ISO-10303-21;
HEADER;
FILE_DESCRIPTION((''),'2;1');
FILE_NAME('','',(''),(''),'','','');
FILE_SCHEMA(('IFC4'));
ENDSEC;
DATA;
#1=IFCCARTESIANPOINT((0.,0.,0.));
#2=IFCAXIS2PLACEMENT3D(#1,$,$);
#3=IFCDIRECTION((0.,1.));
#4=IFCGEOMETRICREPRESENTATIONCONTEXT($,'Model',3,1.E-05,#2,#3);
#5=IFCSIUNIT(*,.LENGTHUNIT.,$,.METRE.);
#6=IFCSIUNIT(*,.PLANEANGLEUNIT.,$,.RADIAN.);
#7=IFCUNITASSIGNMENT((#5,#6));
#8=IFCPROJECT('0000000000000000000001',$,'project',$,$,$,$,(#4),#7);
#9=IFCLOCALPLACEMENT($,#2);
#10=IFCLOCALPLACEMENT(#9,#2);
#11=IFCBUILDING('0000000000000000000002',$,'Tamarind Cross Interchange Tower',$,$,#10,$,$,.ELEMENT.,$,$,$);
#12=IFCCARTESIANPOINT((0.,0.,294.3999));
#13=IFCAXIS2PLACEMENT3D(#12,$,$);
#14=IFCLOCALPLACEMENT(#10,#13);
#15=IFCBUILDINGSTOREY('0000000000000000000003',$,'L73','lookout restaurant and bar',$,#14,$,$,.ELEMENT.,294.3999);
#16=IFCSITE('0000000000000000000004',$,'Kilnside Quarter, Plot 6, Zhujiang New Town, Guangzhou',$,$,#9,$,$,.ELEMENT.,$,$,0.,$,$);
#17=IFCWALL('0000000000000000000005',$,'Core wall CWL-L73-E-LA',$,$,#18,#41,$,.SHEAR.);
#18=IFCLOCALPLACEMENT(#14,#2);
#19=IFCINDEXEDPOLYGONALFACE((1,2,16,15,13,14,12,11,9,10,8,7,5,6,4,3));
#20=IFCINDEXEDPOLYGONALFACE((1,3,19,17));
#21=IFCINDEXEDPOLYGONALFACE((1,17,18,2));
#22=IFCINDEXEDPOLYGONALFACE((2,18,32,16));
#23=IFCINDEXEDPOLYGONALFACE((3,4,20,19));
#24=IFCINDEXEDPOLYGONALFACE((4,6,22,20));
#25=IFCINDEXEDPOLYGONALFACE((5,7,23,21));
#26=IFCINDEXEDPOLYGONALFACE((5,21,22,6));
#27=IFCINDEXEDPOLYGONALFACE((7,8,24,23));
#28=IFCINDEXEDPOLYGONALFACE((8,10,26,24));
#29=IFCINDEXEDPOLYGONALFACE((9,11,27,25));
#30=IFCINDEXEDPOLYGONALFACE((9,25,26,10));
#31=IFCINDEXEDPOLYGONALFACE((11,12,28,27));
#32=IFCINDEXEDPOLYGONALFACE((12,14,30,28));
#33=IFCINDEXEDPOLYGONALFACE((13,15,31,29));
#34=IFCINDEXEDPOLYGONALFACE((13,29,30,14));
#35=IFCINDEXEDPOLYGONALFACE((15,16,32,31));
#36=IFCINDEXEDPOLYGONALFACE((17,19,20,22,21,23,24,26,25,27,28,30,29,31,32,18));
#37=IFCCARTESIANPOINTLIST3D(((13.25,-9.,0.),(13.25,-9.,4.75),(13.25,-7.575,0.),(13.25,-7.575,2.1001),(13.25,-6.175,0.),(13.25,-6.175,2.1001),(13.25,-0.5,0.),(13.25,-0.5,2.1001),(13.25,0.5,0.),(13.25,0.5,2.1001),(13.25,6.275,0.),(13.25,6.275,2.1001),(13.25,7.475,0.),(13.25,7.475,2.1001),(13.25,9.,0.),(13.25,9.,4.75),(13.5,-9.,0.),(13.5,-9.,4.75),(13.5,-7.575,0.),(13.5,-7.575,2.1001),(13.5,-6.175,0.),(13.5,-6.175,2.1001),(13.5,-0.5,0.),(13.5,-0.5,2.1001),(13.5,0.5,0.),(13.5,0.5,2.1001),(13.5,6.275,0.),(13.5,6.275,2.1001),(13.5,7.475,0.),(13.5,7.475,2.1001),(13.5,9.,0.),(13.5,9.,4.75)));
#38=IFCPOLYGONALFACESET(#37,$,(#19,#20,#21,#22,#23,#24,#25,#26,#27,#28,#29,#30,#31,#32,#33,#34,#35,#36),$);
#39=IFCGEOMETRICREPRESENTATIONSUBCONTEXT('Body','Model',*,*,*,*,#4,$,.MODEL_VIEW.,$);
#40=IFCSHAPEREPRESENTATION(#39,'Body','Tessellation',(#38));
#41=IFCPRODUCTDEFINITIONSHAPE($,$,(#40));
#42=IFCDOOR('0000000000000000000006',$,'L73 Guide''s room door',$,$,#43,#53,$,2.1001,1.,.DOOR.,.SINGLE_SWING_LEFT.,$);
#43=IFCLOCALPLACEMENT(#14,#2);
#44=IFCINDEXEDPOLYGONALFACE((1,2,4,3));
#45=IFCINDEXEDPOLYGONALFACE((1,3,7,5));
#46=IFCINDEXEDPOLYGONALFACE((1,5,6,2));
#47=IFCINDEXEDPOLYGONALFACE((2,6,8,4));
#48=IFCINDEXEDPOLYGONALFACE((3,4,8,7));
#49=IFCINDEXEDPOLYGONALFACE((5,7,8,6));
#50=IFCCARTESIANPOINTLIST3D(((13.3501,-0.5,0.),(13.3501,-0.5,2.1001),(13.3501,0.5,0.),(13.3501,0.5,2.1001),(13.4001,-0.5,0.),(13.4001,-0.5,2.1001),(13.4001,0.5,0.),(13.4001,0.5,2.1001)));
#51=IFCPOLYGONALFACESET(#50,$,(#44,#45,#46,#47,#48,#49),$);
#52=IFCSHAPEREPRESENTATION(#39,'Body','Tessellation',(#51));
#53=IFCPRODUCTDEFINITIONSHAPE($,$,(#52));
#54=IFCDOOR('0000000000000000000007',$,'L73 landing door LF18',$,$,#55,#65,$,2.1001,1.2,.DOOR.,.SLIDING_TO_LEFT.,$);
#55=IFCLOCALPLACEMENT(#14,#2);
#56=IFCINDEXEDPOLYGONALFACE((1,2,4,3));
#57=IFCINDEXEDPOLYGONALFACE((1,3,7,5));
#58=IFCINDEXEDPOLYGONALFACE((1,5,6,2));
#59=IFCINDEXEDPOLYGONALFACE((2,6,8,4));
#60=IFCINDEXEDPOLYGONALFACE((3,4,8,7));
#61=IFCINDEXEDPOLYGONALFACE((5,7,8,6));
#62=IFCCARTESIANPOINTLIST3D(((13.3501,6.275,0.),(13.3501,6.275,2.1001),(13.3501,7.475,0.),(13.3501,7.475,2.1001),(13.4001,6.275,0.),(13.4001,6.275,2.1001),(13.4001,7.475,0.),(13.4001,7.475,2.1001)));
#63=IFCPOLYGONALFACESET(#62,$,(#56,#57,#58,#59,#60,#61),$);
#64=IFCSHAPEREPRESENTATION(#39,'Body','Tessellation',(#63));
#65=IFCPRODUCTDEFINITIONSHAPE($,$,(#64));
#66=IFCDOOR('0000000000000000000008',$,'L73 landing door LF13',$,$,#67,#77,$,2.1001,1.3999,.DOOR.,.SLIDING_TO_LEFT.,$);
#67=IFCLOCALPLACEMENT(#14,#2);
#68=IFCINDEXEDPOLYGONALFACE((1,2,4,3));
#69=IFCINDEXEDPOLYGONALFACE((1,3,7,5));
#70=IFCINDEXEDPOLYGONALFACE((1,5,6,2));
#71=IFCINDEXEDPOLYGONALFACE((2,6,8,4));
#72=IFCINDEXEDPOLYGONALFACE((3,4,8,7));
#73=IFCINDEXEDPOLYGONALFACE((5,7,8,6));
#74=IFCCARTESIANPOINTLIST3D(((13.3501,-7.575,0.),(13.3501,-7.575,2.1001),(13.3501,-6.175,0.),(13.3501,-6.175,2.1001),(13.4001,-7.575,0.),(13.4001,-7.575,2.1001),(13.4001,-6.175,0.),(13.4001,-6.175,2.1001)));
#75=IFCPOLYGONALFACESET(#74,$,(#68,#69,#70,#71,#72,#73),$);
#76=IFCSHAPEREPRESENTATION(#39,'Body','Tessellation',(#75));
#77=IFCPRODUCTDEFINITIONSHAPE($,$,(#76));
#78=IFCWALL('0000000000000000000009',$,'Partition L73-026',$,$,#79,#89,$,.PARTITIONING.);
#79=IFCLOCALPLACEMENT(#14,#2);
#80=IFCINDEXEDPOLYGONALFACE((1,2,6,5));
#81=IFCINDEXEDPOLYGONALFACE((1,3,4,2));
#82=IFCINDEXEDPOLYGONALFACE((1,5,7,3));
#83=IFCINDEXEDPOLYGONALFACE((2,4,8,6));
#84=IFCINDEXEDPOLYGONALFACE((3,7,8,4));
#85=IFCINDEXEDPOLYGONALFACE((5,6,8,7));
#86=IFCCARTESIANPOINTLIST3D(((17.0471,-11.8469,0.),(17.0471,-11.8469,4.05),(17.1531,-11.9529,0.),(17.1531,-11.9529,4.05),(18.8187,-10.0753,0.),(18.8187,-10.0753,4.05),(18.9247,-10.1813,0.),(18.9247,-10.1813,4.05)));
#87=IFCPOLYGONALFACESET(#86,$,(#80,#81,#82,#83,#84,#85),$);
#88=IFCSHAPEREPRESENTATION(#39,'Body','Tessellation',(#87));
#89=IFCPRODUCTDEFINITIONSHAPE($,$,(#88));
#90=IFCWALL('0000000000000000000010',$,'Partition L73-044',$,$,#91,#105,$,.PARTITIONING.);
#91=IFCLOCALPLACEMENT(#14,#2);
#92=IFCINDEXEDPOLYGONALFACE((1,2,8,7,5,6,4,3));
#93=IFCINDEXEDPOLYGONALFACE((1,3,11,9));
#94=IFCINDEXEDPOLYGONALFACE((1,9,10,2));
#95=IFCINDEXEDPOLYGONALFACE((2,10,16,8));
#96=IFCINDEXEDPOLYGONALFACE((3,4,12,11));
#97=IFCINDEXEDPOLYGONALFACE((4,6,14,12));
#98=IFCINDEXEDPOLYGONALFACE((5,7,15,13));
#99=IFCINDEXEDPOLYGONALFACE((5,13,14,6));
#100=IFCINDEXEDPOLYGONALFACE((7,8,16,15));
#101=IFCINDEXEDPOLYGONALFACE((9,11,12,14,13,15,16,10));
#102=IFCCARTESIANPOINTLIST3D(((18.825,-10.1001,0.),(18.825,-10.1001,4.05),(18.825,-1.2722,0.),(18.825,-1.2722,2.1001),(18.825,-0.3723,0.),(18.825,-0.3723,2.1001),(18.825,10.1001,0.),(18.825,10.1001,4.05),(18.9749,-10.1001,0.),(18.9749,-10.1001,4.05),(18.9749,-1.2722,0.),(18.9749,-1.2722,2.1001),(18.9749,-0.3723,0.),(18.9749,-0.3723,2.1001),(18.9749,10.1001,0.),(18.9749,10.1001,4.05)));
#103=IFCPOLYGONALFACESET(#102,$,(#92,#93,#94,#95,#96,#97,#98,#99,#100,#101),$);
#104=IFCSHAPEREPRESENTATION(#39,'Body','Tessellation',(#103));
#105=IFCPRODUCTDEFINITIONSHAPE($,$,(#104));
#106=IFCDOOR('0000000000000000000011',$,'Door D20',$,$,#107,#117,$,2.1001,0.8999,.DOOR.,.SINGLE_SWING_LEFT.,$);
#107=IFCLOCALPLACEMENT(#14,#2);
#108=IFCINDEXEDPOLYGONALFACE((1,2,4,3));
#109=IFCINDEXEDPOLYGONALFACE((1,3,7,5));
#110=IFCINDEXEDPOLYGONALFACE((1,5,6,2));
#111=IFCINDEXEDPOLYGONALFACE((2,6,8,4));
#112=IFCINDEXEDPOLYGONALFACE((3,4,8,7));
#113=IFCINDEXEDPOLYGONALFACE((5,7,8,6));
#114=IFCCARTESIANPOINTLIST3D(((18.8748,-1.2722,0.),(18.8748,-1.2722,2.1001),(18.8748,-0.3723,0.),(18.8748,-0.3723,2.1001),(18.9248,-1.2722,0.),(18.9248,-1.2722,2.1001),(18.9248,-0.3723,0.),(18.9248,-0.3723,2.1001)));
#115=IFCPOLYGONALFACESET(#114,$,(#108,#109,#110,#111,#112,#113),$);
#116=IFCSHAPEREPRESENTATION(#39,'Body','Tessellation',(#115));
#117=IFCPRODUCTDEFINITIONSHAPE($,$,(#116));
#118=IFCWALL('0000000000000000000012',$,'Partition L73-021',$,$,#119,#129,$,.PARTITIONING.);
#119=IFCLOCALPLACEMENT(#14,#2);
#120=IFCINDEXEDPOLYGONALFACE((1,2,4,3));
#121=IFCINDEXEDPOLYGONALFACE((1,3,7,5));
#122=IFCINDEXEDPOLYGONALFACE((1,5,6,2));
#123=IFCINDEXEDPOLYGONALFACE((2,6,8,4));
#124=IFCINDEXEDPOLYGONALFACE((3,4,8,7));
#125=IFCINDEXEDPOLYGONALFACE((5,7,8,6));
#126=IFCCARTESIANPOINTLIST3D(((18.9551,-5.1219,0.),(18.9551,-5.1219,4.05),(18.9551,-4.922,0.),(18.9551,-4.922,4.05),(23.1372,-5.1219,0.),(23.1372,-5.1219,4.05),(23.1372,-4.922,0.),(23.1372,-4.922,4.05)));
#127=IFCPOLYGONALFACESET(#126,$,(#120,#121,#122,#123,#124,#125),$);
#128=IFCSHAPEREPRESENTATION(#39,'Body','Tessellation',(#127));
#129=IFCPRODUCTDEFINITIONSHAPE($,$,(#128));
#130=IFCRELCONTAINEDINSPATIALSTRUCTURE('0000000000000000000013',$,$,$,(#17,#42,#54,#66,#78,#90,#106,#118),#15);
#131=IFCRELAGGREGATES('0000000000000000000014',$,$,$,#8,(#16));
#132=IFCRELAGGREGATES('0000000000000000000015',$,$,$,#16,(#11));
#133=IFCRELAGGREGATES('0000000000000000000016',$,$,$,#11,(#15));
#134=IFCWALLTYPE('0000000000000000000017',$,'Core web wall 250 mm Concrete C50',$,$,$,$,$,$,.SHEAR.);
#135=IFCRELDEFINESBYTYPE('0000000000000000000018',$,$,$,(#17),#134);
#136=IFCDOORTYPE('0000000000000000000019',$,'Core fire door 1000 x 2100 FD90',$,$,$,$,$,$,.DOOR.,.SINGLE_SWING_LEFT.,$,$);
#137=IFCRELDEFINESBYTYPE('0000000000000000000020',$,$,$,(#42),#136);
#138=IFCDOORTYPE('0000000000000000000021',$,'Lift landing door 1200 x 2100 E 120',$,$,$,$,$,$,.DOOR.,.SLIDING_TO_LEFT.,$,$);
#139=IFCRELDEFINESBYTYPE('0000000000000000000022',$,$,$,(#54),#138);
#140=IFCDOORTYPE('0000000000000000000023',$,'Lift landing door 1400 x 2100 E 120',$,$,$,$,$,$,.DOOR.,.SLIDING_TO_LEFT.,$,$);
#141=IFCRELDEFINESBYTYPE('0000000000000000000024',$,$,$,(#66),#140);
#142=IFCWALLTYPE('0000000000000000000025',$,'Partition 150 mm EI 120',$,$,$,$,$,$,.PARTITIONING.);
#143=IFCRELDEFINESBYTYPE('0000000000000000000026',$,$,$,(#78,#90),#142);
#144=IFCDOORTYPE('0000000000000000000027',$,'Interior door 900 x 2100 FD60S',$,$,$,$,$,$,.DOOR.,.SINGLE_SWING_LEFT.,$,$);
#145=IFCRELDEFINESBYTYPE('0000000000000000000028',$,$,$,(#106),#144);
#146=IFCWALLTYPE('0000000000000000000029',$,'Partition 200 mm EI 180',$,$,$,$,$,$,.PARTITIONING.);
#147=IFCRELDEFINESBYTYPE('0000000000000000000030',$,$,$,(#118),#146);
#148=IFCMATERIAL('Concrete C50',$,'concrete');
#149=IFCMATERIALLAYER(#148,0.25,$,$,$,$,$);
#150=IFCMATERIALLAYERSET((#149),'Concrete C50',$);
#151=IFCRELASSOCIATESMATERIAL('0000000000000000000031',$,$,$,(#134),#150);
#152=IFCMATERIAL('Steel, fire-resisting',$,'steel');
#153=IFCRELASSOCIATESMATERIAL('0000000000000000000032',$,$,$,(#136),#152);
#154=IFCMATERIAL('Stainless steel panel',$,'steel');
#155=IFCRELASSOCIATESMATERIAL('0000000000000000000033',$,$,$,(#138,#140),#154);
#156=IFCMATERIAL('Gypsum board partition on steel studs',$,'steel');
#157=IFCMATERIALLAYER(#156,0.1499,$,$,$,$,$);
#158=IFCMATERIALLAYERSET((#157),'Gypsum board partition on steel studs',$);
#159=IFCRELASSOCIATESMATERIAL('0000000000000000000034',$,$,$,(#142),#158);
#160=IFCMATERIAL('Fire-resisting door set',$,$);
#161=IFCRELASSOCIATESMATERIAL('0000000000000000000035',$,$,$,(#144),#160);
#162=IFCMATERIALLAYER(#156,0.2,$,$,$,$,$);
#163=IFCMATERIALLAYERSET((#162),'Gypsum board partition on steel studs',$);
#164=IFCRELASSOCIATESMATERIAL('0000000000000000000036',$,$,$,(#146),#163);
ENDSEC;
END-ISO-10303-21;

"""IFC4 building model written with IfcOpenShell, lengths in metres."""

from ifc_helpers import new_model, si_unit, direction, frame, frame_2d, origin, place, context, subcontext, project, spatial, rectangle, extrude, material, layer, layer_set, type_object, element, fill, save


model = new_model("IFC4")

# Units and contexts
model_context = context("Model", 3, precision=1e-05, world=origin(), true_north=direction((0.0, 1.0)))
body_context = subcontext(model_context, "Body", "Model", "MODEL_VIEW")
ifc_project = project(units=[si_unit("LENGTHUNIT", "METRE"), si_unit("PLANEANGLEUNIT", "RADIAN")], contexts=[model_context])

# Site, building, storey
site_placement = place(None, origin())
site = spatial("IfcSite", under=ifc_project, at=site_placement, Name="Kilnside Quarter, Plot 6, Zhujiang New Town, Guangzhou", CompositionType="ELEMENT", RefElevation=0.0)
building_placement = place(site_placement, origin())
building = spatial("IfcBuilding", under=site, at=building_placement, Name="Tamarind Cross Interchange Tower", CompositionType="ELEMENT")
storey_placement = place(building_placement, frame((0.0, 0.0, 294.3999)))
storey = spatial("IfcBuildingStorey", under=building, at=storey_placement, Name="L73", Description="lookout restaurant and bar", CompositionType="ELEMENT", Elevation=294.3999)

# Wall, openings, doors
ifc_material_1 = material(Name="Concrete C50", Category="concrete")
ifc_material_2 = material(Name="Steel, fire-resisting", Category="steel")
ifc_layer_1 = layer(ifc_material_1, 0.25)
ifc_layer_set_1 = layer_set([ifc_layer_1], Name="Concrete C50")
wall_type_1 = type_object("IfcWallType", Name="Core web wall 250 mm Concrete C50", PredefinedType="SHEAR", material=ifc_layer_set_1)
wall_1_placement = place(storey_placement, frame((13.375, -9.0, 0.0), z_axis=(0.0, 0.0, 1.0), x_axis=(0.0, 1.0, 0.0)))
wall_1 = element("IfcWall", 1, at=wall_1_placement, inside=storey, type_object=wall_type_1, Name="Core wall CWL-L73-E-LA", PredefinedType="SHEAR", context=body_context, shape_type="SweptSolid", body=[
    extrude(rectangle(XDim=18.0, YDim=0.25, at=frame_2d((9.0, 0.0))), origin(), (0.0, 0.0, 1.0), 4.75),
])
opening_1_placement = place(wall_1_placement, frame((1.425, 0.0, 0.0)))
opening_1 = element("IfcOpeningElement", 2, at=opening_1_placement, cuts=wall_1, PredefinedType="OPENING", context=body_context, shape_type="SweptSolid", body=[
    extrude(rectangle(XDim=1.3999, YDim=2.1001, at=frame_2d((0.7, 1.05))), frame((0.0, 0.135, 0.0), z_axis=(0.0, -1.0, 0.0), x_axis=(1.0, 0.0, 0.0)), (0.0, 0.0, 1.0), 0.27),
])
opening_2_placement = place(wall_1_placement, frame((15.2749, 0.0, 0.0)))
opening_2 = element("IfcOpeningElement", 3, at=opening_2_placement, cuts=wall_1, PredefinedType="OPENING", context=body_context, shape_type="SweptSolid", body=[
    extrude(rectangle(XDim=1.2, YDim=2.1001, at=frame_2d((0.6001, 1.05))), frame((0.0, 0.135, 0.0), z_axis=(0.0, -1.0, 0.0), x_axis=(1.0, 0.0, 0.0)), (0.0, 0.0, 1.0), 0.27),
])
opening_3_placement = place(wall_1_placement, frame((8.5, 0.0, 0.0)))
opening_3 = element("IfcOpeningElement", 4, at=opening_3_placement, cuts=wall_1, PredefinedType="OPENING", context=body_context, shape_type="SweptSolid", body=[
    extrude(rectangle(XDim=1.0, YDim=2.1001, at=frame_2d((0.5, 1.05))), frame((0.0, 0.135, 0.0), z_axis=(0.0, -1.0, 0.0), x_axis=(1.0, 0.0, 0.0)), (0.0, 0.0, 1.0), 0.27),
])
door_type_1 = type_object("IfcDoorType", Name="Core fire door 1000 x 2100 FD90", OperationType="SINGLE_SWING_LEFT", PredefinedType="DOOR", material=ifc_material_2)
door_1_placement = place(opening_3_placement, origin())
door_1 = element("IfcDoor", 5, at=door_1_placement, inside=storey, type_object=door_type_1, Name="L73 Guide's room door", OperationType="SINGLE_SWING_LEFT", OverallHeight=2.1001, OverallWidth=1.0, PredefinedType="DOOR", context=body_context, shape_type="SweptSolid", body=[
    extrude(rectangle(XDim=1.0, YDim=2.1001, at=frame_2d((0.5, 1.05))), frame((0.0, 0.0249, 0.0), z_axis=(0.0, -1.0, 0.0), x_axis=(1.0, 0.0, 0.0)), (0.0, 0.0, 1.0), 0.05),
])
fill(opening_3, door_1)
ifc_material_3 = material(Name="Stainless steel panel", Category="steel")
door_type_2 = type_object("IfcDoorType", Name="Lift landing door 1200 x 2100 E 120", OperationType="SLIDING_TO_LEFT", PredefinedType="DOOR", material=ifc_material_3)
door_2_placement = place(opening_2_placement, origin())
door_2 = element("IfcDoor", 6, at=door_2_placement, inside=storey, type_object=door_type_2, Name="L73 landing door LF18", OperationType="SLIDING_TO_LEFT", OverallHeight=2.1001, OverallWidth=1.2, PredefinedType="DOOR", context=body_context, shape_type="SweptSolid", body=[
    extrude(rectangle(XDim=1.2, YDim=2.1001, at=frame_2d((0.6001, 1.05))), frame((0.0, 0.0249, 0.0), z_axis=(0.0, -1.0, 0.0), x_axis=(1.0, 0.0, 0.0)), (0.0, 0.0, 1.0), 0.05),
])
fill(opening_2, door_2)
door_type_3 = type_object("IfcDoorType", Name="Lift landing door 1400 x 2100 E 120", OperationType="SLIDING_TO_LEFT", PredefinedType="DOOR", material=ifc_material_3)
door_3_placement = place(opening_1_placement, origin())
door_3 = element("IfcDoor", 7, at=door_3_placement, inside=storey, type_object=door_type_3, Name="L73 landing door LF13", OperationType="SLIDING_TO_LEFT", OverallHeight=2.1001, OverallWidth=1.3999, PredefinedType="DOOR", context=body_context, shape_type="SweptSolid", body=[
    extrude(rectangle(XDim=1.3999, YDim=2.1001, at=frame_2d((0.7, 1.05))), frame((0.0, 0.0249, 0.0), z_axis=(0.0, -1.0, 0.0), x_axis=(1.0, 0.0, 0.0)), (0.0, 0.0, 1.0), 0.05),
])
fill(opening_1, door_3)

# Wall
ifc_material_4 = material(Name="Gypsum board partition on steel studs", Category="steel")
ifc_layer_2 = layer(ifc_material_4, 0.1499)
ifc_layer_set_2 = layer_set([ifc_layer_2], Name="Gypsum board partition on steel studs")
wall_type_2 = type_object("IfcWallType", Name="Partition 150 mm EI 120", PredefinedType="PARTITIONING", material=ifc_layer_set_2)
wall_2_placement = place(storey_placement, frame((17.1001, -11.8999, 0.0), z_axis=(0.0, 0.0, 1.0), x_axis=(0.707107, 0.707107, 0.0)))
element("IfcWall", 8, at=wall_2_placement, inside=storey, type_object=wall_type_2, Name="Partition L73-026", PredefinedType="PARTITIONING", context=body_context, shape_type="SweptSolid", body=[
    extrude(rectangle(XDim=2.5054, YDim=0.1499, at=frame_2d((1.2527, 0.0))), origin(), (0.0, 0.0, 1.0), 4.05),
])

# Wall, opening, door
wall_3_placement = place(storey_placement, frame((18.8999, -10.1001, 0.0), z_axis=(0.0, 0.0, 1.0), x_axis=(0.0, 1.0, 0.0)))
wall_3 = element("IfcWall", 9, at=wall_3_placement, inside=storey, type_object=wall_type_2, Name="Partition L73-044", PredefinedType="PARTITIONING", context=body_context, shape_type="SweptSolid", body=[
    extrude(rectangle(XDim=20.2002, YDim=0.1499, at=frame_2d((10.1001, 0.0))), origin(), (0.0, 0.0, 1.0), 4.05),
])
opening_4_placement = place(wall_3_placement, frame((8.8279, 0.0, 0.0)))
opening_4 = element("IfcOpeningElement", 10, at=opening_4_placement, cuts=wall_3, PredefinedType="OPENING", context=body_context, shape_type="SweptSolid", body=[
    extrude(rectangle(XDim=0.8999, YDim=2.1001, at=frame_2d((0.45, 1.05))), frame((0.0, 0.085, 0.0), z_axis=(0.0, -1.0, 0.0), x_axis=(1.0, 0.0, 0.0)), (0.0, 0.0, 1.0), 0.1699),
])
ifc_material_5 = material(Name="Fire-resisting door set")
door_type_4 = type_object("IfcDoorType", Name="Interior door 900 x 2100 FD60S", OperationType="SINGLE_SWING_LEFT", PredefinedType="DOOR", material=ifc_material_5)
door_4_placement = place(opening_4_placement, frame((0.8999, 0.0, 0.0), z_axis=(0.0, 0.0, 1.0), x_axis=(-1.0, 0.0, 0.0)))
door_4 = element("IfcDoor", 11, at=door_4_placement, inside=storey, type_object=door_type_4, Name="Door D20", OperationType="SINGLE_SWING_LEFT", OverallHeight=2.1001, OverallWidth=0.8999, PredefinedType="DOOR", context=body_context, shape_type="SweptSolid", body=[
    extrude(rectangle(XDim=0.8999, YDim=2.1001, at=frame_2d((0.45, 1.05))), frame((0.0, 0.0249, 0.0), z_axis=(0.0, -1.0, 0.0), x_axis=(1.0, 0.0, 0.0)), (0.0, 0.0, 1.0), 0.05),
])
fill(opening_4, door_4)

# Wall
ifc_layer_3 = layer(ifc_material_4, 0.2)
ifc_layer_set_3 = layer_set([ifc_layer_3], Name="Gypsum board partition on steel studs")
wall_type_3 = type_object("IfcWallType", Name="Partition 200 mm EI 180", PredefinedType="PARTITIONING", material=ifc_layer_set_3)
wall_4_placement = place(storey_placement, frame((18.9551, -5.022, 0.0), z_axis=(0.0, 0.0, 1.0), x_axis=(1.0, 0.0, 0.0)))
element("IfcWall", 12, at=wall_4_placement, inside=storey, type_object=wall_type_3, Name="Partition L73-021", PredefinedType="PARTITIONING", context=body_context, shape_type="SweptSolid", body=[
    extrude(rectangle(XDim=4.1821, YDim=0.2, at=frame_2d((2.0911, 0.0))), origin(), (0.0, 0.0, 1.0), 4.05),
])

save(model, "model.ifc")
